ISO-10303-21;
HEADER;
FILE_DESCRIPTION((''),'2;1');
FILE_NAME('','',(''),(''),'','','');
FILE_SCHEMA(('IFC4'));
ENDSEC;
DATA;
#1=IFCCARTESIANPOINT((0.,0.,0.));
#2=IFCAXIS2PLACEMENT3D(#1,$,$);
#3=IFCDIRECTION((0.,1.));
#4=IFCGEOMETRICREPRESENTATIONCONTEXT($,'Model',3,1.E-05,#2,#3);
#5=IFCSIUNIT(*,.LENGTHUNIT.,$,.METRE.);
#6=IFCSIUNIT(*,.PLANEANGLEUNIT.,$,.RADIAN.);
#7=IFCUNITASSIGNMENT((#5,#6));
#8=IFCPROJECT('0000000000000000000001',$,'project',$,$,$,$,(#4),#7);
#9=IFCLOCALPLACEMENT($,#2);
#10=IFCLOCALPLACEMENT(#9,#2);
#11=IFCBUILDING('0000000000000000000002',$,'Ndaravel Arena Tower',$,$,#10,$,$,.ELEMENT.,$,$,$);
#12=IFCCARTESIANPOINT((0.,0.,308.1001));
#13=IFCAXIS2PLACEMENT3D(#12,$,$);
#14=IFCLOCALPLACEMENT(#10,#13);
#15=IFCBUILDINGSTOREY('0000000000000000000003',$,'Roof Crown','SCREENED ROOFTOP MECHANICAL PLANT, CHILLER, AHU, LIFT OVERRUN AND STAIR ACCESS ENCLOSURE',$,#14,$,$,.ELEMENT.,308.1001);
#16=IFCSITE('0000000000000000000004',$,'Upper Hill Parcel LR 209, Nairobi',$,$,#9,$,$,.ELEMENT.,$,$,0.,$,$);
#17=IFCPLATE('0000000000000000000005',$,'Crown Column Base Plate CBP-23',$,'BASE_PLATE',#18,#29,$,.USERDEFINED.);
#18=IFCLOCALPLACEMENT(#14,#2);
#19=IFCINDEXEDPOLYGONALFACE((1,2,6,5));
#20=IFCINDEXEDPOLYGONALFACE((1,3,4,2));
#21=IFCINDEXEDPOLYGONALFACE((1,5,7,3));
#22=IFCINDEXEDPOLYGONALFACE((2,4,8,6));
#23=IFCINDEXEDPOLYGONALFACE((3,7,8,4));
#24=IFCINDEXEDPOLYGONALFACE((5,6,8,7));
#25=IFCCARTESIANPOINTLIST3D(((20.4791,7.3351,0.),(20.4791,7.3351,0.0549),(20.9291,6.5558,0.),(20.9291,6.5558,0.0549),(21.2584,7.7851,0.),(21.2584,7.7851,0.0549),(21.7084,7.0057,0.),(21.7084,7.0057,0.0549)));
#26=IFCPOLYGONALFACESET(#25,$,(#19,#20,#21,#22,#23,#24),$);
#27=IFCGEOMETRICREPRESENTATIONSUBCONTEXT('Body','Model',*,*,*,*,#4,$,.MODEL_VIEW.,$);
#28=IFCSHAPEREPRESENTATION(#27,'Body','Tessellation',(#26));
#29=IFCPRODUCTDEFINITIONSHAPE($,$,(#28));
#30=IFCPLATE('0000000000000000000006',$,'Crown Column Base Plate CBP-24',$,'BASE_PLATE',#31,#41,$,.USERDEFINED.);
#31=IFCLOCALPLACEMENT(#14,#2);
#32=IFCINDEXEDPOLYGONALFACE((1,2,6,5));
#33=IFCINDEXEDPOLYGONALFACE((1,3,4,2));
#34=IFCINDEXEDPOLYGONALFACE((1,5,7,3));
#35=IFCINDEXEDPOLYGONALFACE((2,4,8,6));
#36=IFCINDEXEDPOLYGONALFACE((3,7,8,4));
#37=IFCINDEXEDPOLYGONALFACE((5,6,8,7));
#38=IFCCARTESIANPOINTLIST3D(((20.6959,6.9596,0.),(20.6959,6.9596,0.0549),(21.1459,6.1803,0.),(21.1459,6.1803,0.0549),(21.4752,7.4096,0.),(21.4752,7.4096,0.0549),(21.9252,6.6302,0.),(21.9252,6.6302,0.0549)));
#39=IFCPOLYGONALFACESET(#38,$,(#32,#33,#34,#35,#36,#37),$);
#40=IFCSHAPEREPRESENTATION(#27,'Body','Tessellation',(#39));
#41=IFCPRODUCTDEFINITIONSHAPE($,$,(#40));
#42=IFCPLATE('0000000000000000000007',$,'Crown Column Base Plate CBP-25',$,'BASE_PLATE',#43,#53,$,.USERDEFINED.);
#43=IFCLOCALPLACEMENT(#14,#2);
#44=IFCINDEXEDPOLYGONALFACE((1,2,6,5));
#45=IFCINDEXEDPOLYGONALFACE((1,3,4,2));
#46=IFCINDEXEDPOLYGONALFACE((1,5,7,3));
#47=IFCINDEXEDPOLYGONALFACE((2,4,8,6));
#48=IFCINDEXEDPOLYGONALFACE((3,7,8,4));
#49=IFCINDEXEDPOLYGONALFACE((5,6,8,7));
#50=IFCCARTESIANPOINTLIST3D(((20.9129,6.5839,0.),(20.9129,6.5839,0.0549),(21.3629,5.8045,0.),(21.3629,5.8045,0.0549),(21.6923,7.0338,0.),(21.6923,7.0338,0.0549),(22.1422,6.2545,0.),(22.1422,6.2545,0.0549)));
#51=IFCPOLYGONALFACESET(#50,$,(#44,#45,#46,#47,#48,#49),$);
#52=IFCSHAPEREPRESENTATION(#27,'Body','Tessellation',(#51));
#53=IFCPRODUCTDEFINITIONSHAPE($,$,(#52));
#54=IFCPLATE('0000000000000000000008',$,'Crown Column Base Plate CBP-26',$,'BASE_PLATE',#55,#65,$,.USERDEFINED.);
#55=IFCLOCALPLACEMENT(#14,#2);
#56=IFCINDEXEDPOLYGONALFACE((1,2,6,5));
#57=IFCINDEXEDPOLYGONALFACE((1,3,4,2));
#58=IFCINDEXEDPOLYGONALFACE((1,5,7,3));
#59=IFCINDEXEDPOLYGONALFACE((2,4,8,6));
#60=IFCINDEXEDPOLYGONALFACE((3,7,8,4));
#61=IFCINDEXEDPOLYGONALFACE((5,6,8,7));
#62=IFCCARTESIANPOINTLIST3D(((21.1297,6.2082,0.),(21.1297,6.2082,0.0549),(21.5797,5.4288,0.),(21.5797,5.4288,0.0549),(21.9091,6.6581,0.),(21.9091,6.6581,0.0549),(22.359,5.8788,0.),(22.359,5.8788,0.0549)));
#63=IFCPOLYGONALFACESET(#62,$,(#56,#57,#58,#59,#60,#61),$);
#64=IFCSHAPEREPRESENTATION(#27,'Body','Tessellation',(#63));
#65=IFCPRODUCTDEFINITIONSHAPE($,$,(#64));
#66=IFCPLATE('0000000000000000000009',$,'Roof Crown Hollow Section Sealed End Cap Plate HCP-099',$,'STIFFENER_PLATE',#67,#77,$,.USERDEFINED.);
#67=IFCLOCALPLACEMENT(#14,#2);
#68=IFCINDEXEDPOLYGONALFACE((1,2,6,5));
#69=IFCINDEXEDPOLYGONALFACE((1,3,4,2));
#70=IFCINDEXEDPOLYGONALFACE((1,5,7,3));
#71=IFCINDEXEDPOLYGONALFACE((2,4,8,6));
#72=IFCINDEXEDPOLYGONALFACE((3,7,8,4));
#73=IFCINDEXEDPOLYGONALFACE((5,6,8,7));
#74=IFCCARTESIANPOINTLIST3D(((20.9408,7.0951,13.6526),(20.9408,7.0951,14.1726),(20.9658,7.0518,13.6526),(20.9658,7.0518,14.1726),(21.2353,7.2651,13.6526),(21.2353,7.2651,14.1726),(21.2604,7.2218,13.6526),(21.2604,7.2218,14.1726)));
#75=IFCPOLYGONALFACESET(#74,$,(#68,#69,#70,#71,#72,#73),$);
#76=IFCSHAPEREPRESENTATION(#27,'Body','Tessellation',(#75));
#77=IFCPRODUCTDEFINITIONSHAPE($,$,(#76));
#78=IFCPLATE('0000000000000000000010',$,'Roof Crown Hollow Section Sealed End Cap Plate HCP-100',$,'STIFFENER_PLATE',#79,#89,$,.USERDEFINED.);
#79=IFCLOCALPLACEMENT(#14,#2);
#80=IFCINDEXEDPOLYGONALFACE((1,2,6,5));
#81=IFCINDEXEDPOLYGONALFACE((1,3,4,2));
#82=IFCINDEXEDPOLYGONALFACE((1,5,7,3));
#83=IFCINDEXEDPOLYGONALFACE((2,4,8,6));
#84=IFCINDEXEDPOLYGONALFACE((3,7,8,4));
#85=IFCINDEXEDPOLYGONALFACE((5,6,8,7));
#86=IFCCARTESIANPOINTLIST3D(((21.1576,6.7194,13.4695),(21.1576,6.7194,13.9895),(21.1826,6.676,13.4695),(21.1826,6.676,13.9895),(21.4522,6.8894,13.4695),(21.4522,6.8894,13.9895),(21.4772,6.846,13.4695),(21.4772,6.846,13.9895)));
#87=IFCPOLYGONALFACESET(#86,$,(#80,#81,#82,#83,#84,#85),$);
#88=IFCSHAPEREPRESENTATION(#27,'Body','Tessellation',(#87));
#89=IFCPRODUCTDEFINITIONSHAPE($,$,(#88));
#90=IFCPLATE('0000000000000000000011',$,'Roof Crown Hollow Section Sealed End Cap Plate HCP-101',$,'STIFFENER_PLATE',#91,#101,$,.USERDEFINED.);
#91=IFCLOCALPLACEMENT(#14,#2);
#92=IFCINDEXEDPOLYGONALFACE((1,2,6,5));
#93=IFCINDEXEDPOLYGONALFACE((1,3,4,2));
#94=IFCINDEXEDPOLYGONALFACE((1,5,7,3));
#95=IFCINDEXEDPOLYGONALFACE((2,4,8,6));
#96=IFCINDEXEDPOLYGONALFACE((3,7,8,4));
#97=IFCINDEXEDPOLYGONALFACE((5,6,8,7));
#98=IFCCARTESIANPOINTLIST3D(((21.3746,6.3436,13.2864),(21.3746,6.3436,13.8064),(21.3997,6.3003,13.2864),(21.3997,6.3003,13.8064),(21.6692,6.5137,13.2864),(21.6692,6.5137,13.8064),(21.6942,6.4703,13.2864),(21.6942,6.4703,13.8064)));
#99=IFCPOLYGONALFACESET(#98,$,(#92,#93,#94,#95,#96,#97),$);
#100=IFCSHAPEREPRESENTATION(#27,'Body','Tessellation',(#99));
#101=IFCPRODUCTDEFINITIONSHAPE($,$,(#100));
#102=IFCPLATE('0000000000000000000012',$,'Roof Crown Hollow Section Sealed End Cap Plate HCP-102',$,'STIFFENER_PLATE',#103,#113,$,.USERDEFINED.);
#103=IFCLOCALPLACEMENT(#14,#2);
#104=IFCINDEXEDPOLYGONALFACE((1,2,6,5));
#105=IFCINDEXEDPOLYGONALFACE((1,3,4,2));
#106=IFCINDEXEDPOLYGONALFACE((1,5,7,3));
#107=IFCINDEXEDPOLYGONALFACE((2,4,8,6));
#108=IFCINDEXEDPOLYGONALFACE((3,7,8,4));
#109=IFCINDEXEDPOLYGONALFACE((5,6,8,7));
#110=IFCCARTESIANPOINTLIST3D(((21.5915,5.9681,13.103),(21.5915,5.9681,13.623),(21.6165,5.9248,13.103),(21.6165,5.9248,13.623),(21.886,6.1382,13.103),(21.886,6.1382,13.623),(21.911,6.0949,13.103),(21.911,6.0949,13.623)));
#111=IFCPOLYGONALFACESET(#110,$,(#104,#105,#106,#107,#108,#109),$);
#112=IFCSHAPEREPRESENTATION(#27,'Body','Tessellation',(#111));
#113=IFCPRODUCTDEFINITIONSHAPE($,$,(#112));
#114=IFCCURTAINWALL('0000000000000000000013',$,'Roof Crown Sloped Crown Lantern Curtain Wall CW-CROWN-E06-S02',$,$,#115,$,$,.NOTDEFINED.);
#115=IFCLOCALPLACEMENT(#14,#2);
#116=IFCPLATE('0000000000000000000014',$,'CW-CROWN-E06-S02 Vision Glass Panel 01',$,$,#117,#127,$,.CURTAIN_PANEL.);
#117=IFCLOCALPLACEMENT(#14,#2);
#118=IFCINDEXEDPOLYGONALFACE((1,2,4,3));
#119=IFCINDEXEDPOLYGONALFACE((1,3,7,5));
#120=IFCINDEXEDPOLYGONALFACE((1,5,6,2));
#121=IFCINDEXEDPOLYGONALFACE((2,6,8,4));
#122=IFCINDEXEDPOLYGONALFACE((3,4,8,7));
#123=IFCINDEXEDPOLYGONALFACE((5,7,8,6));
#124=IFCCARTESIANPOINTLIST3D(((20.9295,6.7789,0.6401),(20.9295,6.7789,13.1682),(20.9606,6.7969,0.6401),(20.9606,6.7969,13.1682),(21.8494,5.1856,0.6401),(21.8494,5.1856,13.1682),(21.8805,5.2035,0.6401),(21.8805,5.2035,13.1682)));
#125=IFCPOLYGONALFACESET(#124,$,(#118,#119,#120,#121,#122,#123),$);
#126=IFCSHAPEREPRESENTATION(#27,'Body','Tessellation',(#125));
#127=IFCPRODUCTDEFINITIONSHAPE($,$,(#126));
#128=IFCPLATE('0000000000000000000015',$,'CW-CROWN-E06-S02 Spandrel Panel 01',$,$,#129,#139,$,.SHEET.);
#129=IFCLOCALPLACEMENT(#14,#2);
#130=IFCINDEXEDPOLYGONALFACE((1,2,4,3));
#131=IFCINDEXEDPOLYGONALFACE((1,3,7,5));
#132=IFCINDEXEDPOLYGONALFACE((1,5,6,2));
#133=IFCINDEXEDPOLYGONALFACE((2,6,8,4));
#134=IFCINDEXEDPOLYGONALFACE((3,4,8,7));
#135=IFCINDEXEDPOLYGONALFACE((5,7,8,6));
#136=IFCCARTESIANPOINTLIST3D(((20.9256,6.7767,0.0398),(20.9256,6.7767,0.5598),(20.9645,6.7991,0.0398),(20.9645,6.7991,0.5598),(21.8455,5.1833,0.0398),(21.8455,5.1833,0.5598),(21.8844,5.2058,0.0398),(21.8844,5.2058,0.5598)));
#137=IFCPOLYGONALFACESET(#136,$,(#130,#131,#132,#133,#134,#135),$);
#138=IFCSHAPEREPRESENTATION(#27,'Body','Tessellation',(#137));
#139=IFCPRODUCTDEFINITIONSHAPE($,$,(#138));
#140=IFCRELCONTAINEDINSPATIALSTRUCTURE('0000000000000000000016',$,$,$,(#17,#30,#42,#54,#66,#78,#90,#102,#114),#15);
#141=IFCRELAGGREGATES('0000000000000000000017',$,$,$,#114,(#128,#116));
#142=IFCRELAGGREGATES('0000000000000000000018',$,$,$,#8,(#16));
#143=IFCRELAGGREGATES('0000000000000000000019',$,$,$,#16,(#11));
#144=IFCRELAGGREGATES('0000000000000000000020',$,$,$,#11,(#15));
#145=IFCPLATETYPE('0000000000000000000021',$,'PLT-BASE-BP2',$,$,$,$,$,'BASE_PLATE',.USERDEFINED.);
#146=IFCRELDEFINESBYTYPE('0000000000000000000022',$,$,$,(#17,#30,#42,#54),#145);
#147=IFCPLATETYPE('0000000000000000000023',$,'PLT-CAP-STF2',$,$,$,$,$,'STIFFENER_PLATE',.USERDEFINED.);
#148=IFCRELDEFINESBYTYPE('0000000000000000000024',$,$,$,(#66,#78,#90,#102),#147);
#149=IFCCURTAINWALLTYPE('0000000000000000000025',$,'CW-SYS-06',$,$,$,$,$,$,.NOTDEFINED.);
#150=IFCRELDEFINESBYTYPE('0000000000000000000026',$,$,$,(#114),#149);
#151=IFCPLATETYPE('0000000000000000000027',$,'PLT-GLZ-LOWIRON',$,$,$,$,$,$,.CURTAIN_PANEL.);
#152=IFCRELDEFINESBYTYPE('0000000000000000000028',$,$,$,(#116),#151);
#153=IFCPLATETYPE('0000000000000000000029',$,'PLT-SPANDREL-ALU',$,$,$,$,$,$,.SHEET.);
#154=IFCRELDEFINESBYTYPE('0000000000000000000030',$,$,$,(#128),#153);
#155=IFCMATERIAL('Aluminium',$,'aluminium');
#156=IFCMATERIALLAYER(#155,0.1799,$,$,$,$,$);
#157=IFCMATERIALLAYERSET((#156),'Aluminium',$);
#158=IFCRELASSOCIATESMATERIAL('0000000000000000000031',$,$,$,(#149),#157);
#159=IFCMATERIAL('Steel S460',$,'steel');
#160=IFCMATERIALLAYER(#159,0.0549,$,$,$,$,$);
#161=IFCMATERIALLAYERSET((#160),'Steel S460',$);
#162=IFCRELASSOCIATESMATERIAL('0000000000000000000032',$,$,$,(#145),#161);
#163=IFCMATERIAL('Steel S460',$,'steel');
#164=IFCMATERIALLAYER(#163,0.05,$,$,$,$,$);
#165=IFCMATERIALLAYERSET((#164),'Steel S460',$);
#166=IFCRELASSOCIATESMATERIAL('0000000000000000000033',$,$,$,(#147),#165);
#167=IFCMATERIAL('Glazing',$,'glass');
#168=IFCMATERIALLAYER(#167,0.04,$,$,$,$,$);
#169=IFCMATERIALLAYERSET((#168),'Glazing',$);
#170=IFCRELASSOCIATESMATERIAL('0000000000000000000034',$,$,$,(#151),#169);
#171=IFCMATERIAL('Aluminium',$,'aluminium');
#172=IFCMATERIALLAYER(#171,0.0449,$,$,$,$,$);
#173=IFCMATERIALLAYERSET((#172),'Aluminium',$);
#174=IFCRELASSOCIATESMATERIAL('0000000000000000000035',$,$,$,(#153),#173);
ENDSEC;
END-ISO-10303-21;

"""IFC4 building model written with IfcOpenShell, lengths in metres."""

from ifc_helpers import new_model, si_unit, direction, frame, origin, origin_2d, place, context, subcontext, project, spatial, rectangle, extrude, material, layer, layer_set, type_object, element, aggregate, save


model = new_model("IFC4")

# Units and contexts
model_context = context("Model", 3, precision=1e-05, world=origin(), true_north=direction((0.0, 1.0)))
body_context = subcontext(model_context, "Body", "Model", "MODEL_VIEW")
ifc_project = project(units=[si_unit("LENGTHUNIT", "METRE"), si_unit("PLANEANGLEUNIT", "RADIAN")], contexts=[model_context])

# Site, building, storey
site_placement = place(None, origin())
site = spatial("IfcSite", under=ifc_project, at=site_placement, Name="Upper Hill Parcel LR 209, Nairobi", CompositionType="ELEMENT", RefElevation=0.0)
building_placement = place(site_placement, origin())
building = spatial("IfcBuilding", under=site, at=building_placement, Name="Ndaravel Arena Tower", CompositionType="ELEMENT")
storey_placement = place(building_placement, frame((0.0, 0.0, 308.1001)))
storey = spatial("IfcBuildingStorey", under=building, at=storey_placement, Name="Roof Crown", Description="SCREENED ROOFTOP MECHANICAL PLANT, CHILLER, AHU, LIFT OVERRUN AND STAIR ACCESS ENCLOSURE", CompositionType="ELEMENT", Elevation=308.1001)

# Shared definitions
ifc_material_1 = material(Name="Aluminium", Category="aluminium")
ifc_layer_1 = layer(ifc_material_1, 0.1799)
ifc_layer_set_1 = layer_set([ifc_layer_1], Name="Aluminium")
curtain_wall_type = type_object("IfcCurtainWallType", Name="CW-SYS-06", PredefinedType="NOTDEFINED", material=ifc_layer_set_1)

# Plates
ifc_material_2 = material(Name="Steel S460", Category="steel")
ifc_layer_2 = layer(ifc_material_2, 0.0549)
ifc_layer_set_2 = layer_set([ifc_layer_2], Name="Steel S460")
plate_type_1 = type_object("IfcPlateType", Name="PLT-BASE-BP2", ElementType="BASE_PLATE", PredefinedType="USERDEFINED", material=ifc_layer_set_2)
for number, where, z_axis, x_axis, name in (
    (1, (21.0938, 7.1704, 0.0), (0.0, 0.0, 1.0), (-0.5, 0.866025, 0.0), "Crown Column Base Plate CBP-23"),
    (2, (21.3105, 6.7949, 0.0), (0.0, 0.0, 1.0), (-0.5, 0.866025, 0.0), "Crown Column Base Plate CBP-24"),
    (3, (21.5276, 6.4192, 0.0), (0.0, 0.0, 1.0), (-0.5, 0.866025, 0.0), "Crown Column Base Plate CBP-25"),
    (4, (21.7444, 6.0435, 0.0), (0.0, 0.0, 1.0), (-0.5, 0.866025, 0.0), "Crown Column Base Plate CBP-26"),
):
    element("IfcPlate", number, at=place(storey_placement, frame(where, z_axis=z_axis, x_axis=x_axis)), inside=storey, type_object=plate_type_1, Name=name, ObjectType="BASE_PLATE", PredefinedType="USERDEFINED", context=body_context, shape_type="SweptSolid", body=[
        extrude(rectangle(XDim=0.8999, YDim=0.8999, at=origin_2d()), origin(), (0.0, 0.0, 1.0), 0.0549),
    ])
ifc_material_3 = material(Name="Steel S460", Category="steel")
ifc_layer_3 = layer(ifc_material_3, 0.05)
ifc_layer_set_3 = layer_set([ifc_layer_3], Name="Steel S460")
plate_type_2 = type_object("IfcPlateType", Name="PLT-CAP-STF2", ElementType="STIFFENER_PLATE", PredefinedType="USERDEFINED", material=ifc_layer_set_3)
for number, where, z_axis, x_axis, name in (
    (5, (21.1006, 7.1584, 13.6526), (0.0, 0.0, 1.0), (0.5, -0.866025, 0.0), "Roof Crown Hollow Section Sealed End Cap Plate HCP-099"),
    (6, (21.3174, 6.7827, 13.4695), (0.0, 0.0, 1.0), (0.499849, -0.866113, 0.0), "Roof Crown Hollow Section Sealed End Cap Plate HCP-100"),
    (7, (21.5344, 6.407, 13.2864), (0.0, 0.0, 1.0), (0.5, -0.866025, 0.0), "Roof Crown Hollow Section Sealed End Cap Plate HCP-101"),
    (8, (21.7512, 6.0315, 13.103), (0.0, 0.0, 1.0), (0.500151, -0.865938, 0.0), "Roof Crown Hollow Section Sealed End Cap Plate HCP-102"),
):
    element("IfcPlate", number, at=place(storey_placement, frame(where, z_axis=z_axis, x_axis=x_axis)), inside=storey, type_object=plate_type_2, Name=name, ObjectType="STIFFENER_PLATE", PredefinedType="USERDEFINED", context=body_context, shape_type="SweptSolid", body=[
        extrude(rectangle(XDim=0.05, YDim=0.3401, at=origin_2d()), origin(), (0.0, 0.0, 1.0), 0.52),
    ])

# Curtain wall, plates
curtain_wall_1_placement = place(storey_placement, origin())
curtain_wall_1 = element("IfcCurtainWall", 9, at=curtain_wall_1_placement, inside=storey, type_object=curtain_wall_type, Name="Roof Crown Sloped Crown Lantern Curtain Wall CW-CROWN-E06-S02", PredefinedType="NOTDEFINED")
ifc_material_4 = material(Name="Glazing", Category="glass")
ifc_layer_4 = layer(ifc_material_4, 0.04)
ifc_layer_set_4 = layer_set([ifc_layer_4], Name="Glazing")
plate_type_3 = type_object("IfcPlateType", Name="PLT-GLZ-LOWIRON", PredefinedType="CURTAIN_PANEL", material=ifc_layer_set_4)
plate_1_placement = place(storey_placement, frame((21.405, 5.9912, 0.6401), z_axis=(0.0, 0.0, 1.0), x_axis=(0.5, -0.866025, 0.0)))
plate_1 = element("IfcPlate", 10, at=plate_1_placement, type_object=plate_type_3, Name="CW-CROWN-E06-S02 Vision Glass Panel 01", PredefinedType="CURTAIN_PANEL", context=body_context, shape_type="SweptSolid", body=[
    extrude(rectangle(XDim=1.8398, YDim=0.0359, at=origin_2d()), origin(), (0.0, 0.0, 1.0), 12.5281),
])
ifc_material_5 = material(Name="Aluminium", Category="aluminium")
ifc_layer_5 = layer(ifc_material_5, 0.0449)
ifc_layer_set_5 = layer_set([ifc_layer_5], Name="Aluminium")
plate_type_4 = type_object("IfcPlateType", Name="PLT-SPANDREL-ALU", PredefinedType="SHEET", material=ifc_layer_set_5)
plate_2_placement = place(storey_placement, frame((21.405, 5.9912, 0.0398), z_axis=(0.0, 0.0, 1.0), x_axis=(0.5, -0.866025, 0.0)))
plate_2 = element("IfcPlate", 11, at=plate_2_placement, type_object=plate_type_4, Name="CW-CROWN-E06-S02 Spandrel Panel 01", PredefinedType="SHEET", context=body_context, shape_type="SweptSolid", body=[
    extrude(rectangle(XDim=1.8398, YDim=0.0449, at=origin_2d()), origin(), (0.0, 0.0, 1.0), 0.52),
])
aggregate(curtain_wall_1, [plate_2, plate_1])

save(model, "model.ifc")
